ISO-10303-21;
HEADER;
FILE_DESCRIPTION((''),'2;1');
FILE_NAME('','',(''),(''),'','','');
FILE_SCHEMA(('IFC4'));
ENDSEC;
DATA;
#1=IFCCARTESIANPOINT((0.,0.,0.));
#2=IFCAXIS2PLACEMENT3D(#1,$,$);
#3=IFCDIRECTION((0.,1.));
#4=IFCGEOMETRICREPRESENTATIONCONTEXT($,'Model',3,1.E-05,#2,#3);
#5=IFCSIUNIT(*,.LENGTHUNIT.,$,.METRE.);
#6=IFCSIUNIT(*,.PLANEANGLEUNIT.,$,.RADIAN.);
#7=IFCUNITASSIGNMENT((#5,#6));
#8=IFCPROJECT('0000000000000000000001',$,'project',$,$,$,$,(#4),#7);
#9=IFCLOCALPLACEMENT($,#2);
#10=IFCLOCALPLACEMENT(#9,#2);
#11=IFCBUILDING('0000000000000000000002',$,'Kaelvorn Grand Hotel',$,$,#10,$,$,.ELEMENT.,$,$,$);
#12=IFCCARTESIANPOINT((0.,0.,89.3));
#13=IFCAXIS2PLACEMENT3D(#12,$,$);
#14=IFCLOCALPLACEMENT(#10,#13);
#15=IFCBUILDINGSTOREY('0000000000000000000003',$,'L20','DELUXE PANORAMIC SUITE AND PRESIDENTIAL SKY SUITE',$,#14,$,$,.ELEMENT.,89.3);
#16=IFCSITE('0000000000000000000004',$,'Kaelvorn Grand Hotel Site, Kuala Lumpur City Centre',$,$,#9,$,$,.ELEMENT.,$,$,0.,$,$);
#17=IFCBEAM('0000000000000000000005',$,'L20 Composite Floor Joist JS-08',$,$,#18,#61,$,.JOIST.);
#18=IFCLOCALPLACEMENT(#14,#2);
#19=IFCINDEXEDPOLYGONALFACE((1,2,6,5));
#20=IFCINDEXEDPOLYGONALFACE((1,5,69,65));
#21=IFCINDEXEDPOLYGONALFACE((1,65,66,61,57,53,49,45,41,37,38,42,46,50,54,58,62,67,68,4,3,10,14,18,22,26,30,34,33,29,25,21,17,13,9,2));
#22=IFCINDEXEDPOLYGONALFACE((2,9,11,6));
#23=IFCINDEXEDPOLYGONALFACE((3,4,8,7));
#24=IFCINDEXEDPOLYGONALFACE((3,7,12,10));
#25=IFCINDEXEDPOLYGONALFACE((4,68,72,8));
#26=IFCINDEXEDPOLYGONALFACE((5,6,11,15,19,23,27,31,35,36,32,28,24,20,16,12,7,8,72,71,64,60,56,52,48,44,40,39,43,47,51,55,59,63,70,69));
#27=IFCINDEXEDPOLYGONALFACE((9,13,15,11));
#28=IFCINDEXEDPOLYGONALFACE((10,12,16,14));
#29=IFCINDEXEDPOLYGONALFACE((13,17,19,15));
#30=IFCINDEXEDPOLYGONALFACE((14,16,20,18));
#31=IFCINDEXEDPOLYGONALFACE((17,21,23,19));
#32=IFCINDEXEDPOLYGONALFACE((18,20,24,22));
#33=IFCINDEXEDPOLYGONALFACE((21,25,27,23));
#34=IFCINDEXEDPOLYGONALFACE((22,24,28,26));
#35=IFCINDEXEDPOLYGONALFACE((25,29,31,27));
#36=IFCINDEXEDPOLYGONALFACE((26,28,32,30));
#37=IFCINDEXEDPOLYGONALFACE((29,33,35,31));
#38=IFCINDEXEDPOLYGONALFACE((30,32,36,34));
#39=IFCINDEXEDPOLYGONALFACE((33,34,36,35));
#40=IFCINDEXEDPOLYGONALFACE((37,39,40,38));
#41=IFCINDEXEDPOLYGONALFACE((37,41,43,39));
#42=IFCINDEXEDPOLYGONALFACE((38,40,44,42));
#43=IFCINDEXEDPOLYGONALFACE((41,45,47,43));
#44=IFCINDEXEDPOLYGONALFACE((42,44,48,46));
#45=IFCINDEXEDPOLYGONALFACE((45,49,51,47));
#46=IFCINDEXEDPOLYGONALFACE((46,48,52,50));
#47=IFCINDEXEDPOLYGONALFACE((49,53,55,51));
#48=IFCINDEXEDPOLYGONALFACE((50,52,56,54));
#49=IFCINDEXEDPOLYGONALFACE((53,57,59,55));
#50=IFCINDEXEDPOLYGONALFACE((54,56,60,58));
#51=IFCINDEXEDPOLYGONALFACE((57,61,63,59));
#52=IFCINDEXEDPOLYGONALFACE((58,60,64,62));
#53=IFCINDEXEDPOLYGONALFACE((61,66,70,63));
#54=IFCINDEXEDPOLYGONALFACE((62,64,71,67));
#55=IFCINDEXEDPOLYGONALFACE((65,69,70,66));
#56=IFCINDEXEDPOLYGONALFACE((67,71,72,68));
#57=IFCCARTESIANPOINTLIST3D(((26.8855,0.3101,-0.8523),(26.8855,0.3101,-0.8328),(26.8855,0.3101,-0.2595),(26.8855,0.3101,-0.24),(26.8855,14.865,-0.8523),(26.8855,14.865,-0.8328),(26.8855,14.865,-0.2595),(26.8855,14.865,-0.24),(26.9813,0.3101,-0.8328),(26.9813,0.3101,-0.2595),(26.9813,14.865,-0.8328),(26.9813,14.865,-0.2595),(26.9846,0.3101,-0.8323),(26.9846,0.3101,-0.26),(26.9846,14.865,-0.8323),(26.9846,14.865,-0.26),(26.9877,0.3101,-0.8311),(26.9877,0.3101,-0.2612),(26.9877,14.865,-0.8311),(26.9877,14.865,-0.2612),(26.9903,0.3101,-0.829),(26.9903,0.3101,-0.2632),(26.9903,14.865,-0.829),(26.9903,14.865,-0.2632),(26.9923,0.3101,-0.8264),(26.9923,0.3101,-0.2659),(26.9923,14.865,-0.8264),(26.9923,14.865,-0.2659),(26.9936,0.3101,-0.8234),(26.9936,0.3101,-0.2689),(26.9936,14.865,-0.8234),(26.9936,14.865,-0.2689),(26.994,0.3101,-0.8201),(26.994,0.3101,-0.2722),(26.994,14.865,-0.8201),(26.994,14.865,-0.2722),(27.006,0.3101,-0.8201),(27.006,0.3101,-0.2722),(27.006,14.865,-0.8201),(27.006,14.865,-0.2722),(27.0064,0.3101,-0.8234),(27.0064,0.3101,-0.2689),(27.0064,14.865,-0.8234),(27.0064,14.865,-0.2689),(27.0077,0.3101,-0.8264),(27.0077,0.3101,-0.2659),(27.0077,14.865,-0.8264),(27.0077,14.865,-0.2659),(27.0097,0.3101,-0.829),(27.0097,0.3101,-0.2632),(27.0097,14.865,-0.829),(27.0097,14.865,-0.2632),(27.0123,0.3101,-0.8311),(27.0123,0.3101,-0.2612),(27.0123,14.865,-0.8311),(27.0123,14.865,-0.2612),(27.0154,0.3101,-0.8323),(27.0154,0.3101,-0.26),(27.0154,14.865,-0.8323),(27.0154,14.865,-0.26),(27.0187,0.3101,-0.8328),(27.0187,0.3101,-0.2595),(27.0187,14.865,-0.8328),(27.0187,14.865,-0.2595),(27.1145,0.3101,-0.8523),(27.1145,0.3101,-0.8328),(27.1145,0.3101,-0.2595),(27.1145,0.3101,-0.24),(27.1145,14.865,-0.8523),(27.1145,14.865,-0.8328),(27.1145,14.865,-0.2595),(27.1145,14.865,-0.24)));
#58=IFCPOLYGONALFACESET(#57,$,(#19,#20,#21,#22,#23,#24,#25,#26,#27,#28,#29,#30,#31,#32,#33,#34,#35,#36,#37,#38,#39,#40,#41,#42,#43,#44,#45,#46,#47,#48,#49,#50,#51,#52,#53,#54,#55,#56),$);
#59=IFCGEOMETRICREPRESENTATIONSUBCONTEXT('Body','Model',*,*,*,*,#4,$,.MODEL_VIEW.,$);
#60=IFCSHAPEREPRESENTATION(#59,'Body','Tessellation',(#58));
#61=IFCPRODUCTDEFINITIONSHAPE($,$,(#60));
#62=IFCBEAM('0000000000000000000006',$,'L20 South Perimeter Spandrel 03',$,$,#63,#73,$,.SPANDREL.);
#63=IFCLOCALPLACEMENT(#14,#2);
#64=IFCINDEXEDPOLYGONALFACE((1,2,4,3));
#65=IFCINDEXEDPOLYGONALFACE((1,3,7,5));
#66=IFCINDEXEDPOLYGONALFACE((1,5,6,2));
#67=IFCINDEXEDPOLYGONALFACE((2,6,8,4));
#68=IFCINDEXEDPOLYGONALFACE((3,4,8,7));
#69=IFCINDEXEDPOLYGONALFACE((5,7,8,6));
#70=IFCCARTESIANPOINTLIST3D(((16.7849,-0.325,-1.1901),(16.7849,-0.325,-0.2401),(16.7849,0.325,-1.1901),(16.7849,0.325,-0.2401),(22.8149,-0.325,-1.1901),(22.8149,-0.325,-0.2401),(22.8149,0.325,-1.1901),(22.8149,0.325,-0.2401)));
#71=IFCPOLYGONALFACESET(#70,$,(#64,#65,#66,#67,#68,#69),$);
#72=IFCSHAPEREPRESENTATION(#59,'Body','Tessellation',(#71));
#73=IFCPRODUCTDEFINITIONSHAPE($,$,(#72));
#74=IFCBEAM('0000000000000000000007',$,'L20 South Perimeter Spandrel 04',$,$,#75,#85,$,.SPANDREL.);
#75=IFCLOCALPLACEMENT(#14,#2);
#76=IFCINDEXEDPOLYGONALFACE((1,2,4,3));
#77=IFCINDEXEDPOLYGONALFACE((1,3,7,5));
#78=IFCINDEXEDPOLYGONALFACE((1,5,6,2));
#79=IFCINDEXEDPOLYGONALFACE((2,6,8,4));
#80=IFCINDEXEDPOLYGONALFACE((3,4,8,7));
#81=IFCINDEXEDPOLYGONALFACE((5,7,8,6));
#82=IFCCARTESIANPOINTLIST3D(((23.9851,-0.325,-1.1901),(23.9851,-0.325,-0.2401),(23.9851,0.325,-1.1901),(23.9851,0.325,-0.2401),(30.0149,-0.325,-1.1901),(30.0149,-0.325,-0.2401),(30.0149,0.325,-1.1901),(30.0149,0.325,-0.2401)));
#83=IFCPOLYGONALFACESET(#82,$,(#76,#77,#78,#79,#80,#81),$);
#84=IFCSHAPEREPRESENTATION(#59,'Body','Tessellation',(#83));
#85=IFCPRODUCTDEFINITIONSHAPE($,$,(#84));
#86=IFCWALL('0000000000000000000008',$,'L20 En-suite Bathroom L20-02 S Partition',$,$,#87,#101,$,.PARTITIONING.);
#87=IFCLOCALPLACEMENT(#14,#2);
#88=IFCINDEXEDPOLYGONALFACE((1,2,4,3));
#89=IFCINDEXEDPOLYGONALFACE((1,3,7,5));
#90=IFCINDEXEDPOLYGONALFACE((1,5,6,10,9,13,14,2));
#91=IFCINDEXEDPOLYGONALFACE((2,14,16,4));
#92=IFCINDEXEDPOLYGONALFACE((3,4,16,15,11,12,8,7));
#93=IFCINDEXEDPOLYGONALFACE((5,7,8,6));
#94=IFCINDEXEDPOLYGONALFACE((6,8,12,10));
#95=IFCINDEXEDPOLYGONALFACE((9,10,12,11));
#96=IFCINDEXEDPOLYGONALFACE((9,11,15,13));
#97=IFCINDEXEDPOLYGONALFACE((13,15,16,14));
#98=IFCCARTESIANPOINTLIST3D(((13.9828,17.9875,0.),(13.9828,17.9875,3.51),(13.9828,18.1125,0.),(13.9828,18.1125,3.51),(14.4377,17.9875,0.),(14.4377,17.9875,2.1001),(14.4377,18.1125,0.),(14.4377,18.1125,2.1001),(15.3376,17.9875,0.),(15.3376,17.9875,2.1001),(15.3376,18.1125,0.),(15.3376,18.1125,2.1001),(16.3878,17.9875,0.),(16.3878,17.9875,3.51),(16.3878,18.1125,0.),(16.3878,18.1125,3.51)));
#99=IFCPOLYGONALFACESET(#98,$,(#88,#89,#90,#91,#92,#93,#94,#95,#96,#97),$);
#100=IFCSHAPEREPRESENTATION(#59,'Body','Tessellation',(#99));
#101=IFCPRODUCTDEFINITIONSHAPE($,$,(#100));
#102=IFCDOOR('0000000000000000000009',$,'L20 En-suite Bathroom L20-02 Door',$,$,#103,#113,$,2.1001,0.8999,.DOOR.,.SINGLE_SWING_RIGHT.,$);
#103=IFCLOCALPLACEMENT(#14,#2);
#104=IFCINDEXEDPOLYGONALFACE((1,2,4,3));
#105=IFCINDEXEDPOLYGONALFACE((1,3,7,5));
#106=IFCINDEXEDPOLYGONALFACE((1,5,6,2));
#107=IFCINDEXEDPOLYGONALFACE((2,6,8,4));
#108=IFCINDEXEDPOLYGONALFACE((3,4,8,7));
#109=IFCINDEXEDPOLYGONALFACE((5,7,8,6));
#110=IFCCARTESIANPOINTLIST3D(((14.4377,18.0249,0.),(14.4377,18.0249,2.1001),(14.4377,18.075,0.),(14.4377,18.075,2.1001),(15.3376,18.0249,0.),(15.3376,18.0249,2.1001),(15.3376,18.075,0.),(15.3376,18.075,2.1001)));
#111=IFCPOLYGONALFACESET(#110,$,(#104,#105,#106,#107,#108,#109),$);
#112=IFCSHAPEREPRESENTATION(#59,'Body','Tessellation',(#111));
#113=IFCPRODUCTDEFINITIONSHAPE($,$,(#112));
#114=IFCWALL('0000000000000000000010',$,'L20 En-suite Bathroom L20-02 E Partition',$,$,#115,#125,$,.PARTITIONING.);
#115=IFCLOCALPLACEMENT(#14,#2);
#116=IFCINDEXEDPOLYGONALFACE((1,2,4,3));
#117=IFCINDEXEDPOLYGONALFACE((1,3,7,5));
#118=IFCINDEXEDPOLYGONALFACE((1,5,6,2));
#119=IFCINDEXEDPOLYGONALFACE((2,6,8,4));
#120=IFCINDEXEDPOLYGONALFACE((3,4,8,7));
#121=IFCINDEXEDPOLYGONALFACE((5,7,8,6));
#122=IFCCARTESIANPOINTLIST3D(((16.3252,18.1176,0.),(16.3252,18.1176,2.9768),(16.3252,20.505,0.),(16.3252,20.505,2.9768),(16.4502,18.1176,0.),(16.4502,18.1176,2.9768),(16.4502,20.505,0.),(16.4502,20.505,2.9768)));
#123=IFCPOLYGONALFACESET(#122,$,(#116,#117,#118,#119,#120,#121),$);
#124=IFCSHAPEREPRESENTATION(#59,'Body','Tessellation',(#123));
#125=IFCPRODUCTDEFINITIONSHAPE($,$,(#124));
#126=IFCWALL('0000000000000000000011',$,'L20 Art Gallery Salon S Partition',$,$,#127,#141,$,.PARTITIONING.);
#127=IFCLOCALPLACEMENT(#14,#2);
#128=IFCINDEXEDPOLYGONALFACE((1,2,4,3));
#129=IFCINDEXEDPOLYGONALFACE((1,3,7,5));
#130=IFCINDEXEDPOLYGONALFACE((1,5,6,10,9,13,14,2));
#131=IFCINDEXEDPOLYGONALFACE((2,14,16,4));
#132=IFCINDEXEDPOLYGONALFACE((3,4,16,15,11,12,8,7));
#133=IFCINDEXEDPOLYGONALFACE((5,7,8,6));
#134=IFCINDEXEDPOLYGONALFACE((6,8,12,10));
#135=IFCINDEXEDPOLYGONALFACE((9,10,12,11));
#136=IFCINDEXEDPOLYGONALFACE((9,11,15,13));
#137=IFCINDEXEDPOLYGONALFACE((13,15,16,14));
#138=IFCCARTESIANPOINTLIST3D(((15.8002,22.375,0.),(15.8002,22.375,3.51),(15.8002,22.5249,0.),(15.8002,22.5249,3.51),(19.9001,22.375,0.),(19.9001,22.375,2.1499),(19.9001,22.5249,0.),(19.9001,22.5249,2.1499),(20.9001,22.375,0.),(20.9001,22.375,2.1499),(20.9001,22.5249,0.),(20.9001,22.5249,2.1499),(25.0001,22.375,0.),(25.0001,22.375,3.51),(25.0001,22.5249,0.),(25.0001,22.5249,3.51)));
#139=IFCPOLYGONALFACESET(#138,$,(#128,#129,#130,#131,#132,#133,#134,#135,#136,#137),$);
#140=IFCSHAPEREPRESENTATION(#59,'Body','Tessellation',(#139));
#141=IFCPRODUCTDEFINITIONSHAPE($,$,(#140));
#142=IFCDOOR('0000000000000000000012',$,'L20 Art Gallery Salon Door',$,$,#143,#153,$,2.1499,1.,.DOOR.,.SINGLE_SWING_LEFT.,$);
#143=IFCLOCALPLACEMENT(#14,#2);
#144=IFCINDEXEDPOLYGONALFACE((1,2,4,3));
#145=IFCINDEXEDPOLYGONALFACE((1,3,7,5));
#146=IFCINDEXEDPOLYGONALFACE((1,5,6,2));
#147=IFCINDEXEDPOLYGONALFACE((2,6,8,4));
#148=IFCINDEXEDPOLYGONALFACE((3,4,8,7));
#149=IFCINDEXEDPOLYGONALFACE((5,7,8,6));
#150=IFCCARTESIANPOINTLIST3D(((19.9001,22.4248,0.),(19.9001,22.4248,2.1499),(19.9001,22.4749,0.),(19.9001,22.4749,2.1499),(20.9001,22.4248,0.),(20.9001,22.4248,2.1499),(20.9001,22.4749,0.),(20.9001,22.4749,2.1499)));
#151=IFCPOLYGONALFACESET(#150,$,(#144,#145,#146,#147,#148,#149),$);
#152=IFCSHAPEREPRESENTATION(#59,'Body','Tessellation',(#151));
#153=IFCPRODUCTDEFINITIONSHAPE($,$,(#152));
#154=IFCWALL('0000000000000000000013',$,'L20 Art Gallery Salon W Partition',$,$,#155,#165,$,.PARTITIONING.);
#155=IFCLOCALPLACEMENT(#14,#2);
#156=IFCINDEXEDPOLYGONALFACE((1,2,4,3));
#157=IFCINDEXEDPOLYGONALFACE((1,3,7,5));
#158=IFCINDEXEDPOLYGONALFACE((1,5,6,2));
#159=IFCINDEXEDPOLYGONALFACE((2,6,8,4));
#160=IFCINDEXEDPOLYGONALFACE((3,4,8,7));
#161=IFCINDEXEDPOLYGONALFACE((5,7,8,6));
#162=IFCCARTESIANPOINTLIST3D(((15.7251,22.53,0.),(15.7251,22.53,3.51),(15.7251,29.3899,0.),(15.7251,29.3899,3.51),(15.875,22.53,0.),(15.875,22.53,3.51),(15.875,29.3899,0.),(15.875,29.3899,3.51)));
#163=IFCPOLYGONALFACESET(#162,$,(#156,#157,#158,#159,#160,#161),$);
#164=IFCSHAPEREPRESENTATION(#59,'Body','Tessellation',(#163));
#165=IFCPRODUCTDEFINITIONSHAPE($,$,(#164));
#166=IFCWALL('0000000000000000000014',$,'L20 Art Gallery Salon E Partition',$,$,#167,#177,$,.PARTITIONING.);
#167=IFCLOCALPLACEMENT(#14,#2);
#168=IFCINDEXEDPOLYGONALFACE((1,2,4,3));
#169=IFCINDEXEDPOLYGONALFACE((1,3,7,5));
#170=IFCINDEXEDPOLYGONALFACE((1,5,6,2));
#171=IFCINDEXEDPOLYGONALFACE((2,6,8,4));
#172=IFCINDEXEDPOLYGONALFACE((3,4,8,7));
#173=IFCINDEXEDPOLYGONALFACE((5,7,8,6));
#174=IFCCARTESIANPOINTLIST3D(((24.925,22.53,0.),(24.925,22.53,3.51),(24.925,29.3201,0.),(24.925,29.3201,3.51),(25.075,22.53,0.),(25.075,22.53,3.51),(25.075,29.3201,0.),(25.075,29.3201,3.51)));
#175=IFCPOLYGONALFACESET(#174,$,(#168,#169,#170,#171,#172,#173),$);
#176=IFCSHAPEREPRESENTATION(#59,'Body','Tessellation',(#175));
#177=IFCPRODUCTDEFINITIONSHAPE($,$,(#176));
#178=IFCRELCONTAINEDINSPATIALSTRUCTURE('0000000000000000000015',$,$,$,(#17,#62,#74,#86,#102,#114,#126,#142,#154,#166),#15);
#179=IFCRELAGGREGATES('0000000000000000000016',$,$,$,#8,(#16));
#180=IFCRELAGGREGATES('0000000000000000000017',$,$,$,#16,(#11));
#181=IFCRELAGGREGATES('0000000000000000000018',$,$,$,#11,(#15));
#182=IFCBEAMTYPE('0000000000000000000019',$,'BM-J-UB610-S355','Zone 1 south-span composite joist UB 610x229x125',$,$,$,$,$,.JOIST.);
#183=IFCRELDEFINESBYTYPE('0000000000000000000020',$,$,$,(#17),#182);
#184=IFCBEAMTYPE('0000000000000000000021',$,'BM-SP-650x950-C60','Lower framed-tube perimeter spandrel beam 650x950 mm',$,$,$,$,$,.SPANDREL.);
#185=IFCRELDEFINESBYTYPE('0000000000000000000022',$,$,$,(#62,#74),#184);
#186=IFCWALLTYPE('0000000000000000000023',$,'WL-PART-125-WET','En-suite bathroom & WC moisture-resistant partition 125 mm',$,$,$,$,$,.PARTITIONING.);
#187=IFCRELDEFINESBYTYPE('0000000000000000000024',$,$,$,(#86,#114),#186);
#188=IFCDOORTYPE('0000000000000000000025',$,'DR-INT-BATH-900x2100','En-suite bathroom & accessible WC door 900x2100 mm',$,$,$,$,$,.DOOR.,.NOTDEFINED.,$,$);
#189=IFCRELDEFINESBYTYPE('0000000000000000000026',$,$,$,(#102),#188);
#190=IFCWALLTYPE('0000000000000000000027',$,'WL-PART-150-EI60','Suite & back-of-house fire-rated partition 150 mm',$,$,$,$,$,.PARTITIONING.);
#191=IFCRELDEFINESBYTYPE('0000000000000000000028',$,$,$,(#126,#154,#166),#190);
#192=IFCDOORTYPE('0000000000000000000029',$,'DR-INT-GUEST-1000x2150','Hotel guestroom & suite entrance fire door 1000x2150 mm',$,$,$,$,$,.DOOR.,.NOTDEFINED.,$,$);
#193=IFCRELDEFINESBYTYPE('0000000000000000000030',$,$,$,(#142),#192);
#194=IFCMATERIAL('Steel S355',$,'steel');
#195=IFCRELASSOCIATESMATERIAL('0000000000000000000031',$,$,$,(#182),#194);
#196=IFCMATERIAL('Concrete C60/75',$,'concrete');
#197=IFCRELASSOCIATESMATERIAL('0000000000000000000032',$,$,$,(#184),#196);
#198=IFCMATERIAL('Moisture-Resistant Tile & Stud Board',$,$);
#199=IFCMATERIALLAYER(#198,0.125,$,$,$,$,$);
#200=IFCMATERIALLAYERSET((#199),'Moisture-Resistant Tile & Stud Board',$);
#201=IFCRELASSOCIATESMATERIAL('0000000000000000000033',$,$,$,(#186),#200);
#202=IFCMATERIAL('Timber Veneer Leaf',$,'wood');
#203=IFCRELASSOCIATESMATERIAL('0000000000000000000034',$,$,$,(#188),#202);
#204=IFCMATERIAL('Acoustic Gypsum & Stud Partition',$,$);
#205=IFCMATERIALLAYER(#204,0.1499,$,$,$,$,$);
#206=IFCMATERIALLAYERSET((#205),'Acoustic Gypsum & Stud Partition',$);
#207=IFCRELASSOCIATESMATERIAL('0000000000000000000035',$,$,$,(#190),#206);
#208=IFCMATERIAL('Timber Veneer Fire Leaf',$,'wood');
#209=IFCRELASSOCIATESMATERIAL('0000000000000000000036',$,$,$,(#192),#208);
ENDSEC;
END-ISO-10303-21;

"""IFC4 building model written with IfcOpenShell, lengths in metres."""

from ifc_helpers import new_model, si_unit, direction, frame, frame_2d, origin, origin_2d, place, context, subcontext, project, spatial, rectangle, i_section, extrude, material, layer, layer_set, material_profile, profile_set, type_object, element, fill, save


model = new_model("IFC4")

# Units and contexts
model_context = context("Model", 3, precision=1e-05, world=origin(), true_north=direction((0.0, 1.0)))
body_context = subcontext(model_context, "Body", "Model", "MODEL_VIEW")
ifc_project = project(units=[si_unit("LENGTHUNIT", "METRE"), si_unit("PLANEANGLEUNIT", "RADIAN")], contexts=[model_context])

# Site, building, storey
site_placement = place(None, origin())
site = spatial("IfcSite", under=ifc_project, at=site_placement, Name="Kaelvorn Grand Hotel Site, Kuala Lumpur City Centre", CompositionType="ELEMENT", RefElevation=0.0)
building_placement = place(site_placement, origin())
building = spatial("IfcBuilding", under=site, at=building_placement, Name="Kaelvorn Grand Hotel", CompositionType="ELEMENT")
storey_placement = place(building_placement, frame((0.0, 0.0, 89.3)))
storey = spatial("IfcBuildingStorey", under=building, at=storey_placement, Name="L20", Description="DELUXE PANORAMIC SUITE AND PRESIDENTIAL SKY SUITE", CompositionType="ELEMENT", Elevation=89.3)

# Shared definitions
ifc_material_1 = material(Name="Concrete C60/75", Category="concrete")

# Beams
ifc_material_2 = material(Name="Steel S355", Category="steel")
ifc_material_profile_1 = material_profile(ifc_material_2, i_section(OverallWidth=0.229, OverallDepth=0.6123, WebThickness=0.012, FlangeThickness=0.0195, FilletRadius=0.0127, at=origin_2d()), Name="UB 610x229x125")
ifc_profile_set_1 = profile_set([ifc_material_profile_1], Name="Steel S355")
beam_type_1 = type_object("IfcBeamType", Name="BM-J-UB610-S355", Description="Zone 1 south-span composite joist UB 610x229x125", PredefinedType="JOIST", material=ifc_profile_set_1)
beam_1_placement = place(storey_placement, frame((27.0, 0.3101, -0.5461), z_axis=(0.0, 1.0, 0.0), x_axis=(-1.0, 0.0, 0.0)))
element("IfcBeam", 1, at=beam_1_placement, inside=storey, type_object=beam_type_1, Name="L20 Composite Floor Joist JS-08", PredefinedType="JOIST", context=body_context, shape_type="SweptSolid", body=[
    extrude(i_section(OverallWidth=0.229, OverallDepth=0.6123, WebThickness=0.012, FlangeThickness=0.0195, FilletRadius=0.0127, at=origin_2d()), origin(), (0.0, 0.0, 1.0), 14.5549),
])
ifc_material_profile_2 = material_profile(ifc_material_1, rectangle(XDim=0.6499, YDim=0.95, at=origin_2d()), Name="RC SPANDREL 650x950")
ifc_profile_set_2 = profile_set([ifc_material_profile_2], Name="Concrete C60/75")
beam_type_2 = type_object("IfcBeamType", Name="BM-SP-650x950-C60", Description="Lower framed-tube perimeter spandrel beam 650x950 mm", PredefinedType="SPANDREL", material=ifc_profile_set_2)
beam_2_placement = place(storey_placement, frame((16.7849, 0.0, -0.7151), z_axis=(1.0, 0.0, 0.0), x_axis=(0.0, 1.0, 0.0)))
element("IfcBeam", 2, at=beam_2_placement, inside=storey, type_object=beam_type_2, Name="L20 South Perimeter Spandrel 03", PredefinedType="SPANDREL", context=body_context, shape_type="SweptSolid", body=[
    extrude(rectangle(XDim=0.6499, YDim=0.95, at=origin_2d()), origin(), (0.0, 0.0, 1.0), 6.03),
])
beam_3_placement = place(storey_placement, frame((23.9851, 0.0, -0.7151), z_axis=(1.0, 0.0, 0.0), x_axis=(0.0, 1.0, 0.0)))
element("IfcBeam", 3, at=beam_3_placement, inside=storey, type_object=beam_type_2, Name="L20 South Perimeter Spandrel 04", PredefinedType="SPANDREL", context=body_context, shape_type="SweptSolid", body=[
    extrude(rectangle(XDim=0.6499, YDim=0.95, at=origin_2d()), origin(), (0.0, 0.0, 1.0), 6.0298),
])

# Wall, opening, door
ifc_material_3 = material(Name="Moisture-Resistant Tile & Stud Board")
ifc_layer_1 = layer(ifc_material_3, 0.125)
ifc_layer_set_1 = layer_set([ifc_layer_1], Name="Moisture-Resistant Tile & Stud Board")
wall_type_1 = type_object("IfcWallType", Name="WL-PART-125-WET", Description="En-suite bathroom & WC moisture-resistant partition 125 mm", PredefinedType="PARTITIONING", material=ifc_layer_set_1)
wall_1_placement = place(storey_placement, frame((13.9827, 18.05, 0.0), z_axis=(0.0, 0.0, 1.0), x_axis=(1.0, 0.0, 0.0)))
wall_1 = element("IfcWall", 4, at=wall_1_placement, inside=storey, type_object=wall_type_1, Name="L20 En-suite Bathroom L20-02 S Partition", PredefinedType="PARTITIONING", context=body_context, shape_type="SweptSolid", body=[
    extrude(rectangle(XDim=2.405, YDim=0.125, at=frame_2d((1.2026, 0.0))), origin(), (0.0, 0.0, 1.0), 3.51),
])
opening_1_placement = place(wall_1_placement, frame((0.4551, 0.0, 0.0)))
opening_1 = element("IfcOpeningElement", 5, at=opening_1_placement, cuts=wall_1, PredefinedType="OPENING", context=body_context, shape_type="SweptSolid", body=[
    extrude(rectangle(XDim=0.8999, YDim=2.1001, at=frame_2d((0.45, 1.05))), frame((0.0, 0.0725, 0.0), z_axis=(0.0, -1.0, 0.0), x_axis=(1.0, 0.0, 0.0)), (0.0, 0.0, 1.0), 0.145),
])
ifc_material_4 = material(Name="Timber Veneer Leaf", Category="wood")
door_type_1 = type_object("IfcDoorType", Name="DR-INT-BATH-900x2100", Description="En-suite bathroom & accessible WC door 900x2100 mm", OperationType="NOTDEFINED", PredefinedType="DOOR", material=ifc_material_4)
door_1_placement = place(opening_1_placement, origin())
door_1 = element("IfcDoor", 6, at=door_1_placement, inside=storey, type_object=door_type_1, Name="L20 En-suite Bathroom L20-02 Door", OperationType="SINGLE_SWING_RIGHT", OverallHeight=2.1001, OverallWidth=0.8999, PredefinedType="DOOR", context=body_context, shape_type="SweptSolid", body=[
    extrude(rectangle(XDim=0.8999, YDim=2.1001, at=frame_2d((0.45, 1.05))), frame((0.0, 0.0249, 0.0), z_axis=(0.0, -1.0, 0.0), x_axis=(1.0, 0.0, 0.0)), (0.0, 0.0, 1.0), 0.05),
])
fill(opening_1, door_1)

# Wall
wall_2_placement = place(storey_placement, frame((16.3877, 18.1174, 0.0), z_axis=(0.0, 0.0, 1.0), x_axis=(0.0, 1.0, 0.0)))
element("IfcWall", 7, at=wall_2_placement, inside=storey, type_object=wall_type_1, Name="L20 En-suite Bathroom L20-02 E Partition", PredefinedType="PARTITIONING", context=body_context, shape_type="SweptSolid", body=[
    extrude(rectangle(XDim=2.3875, YDim=0.125, at=frame_2d((1.1938, 0.0))), origin(), (0.0, 0.0, 1.0), 2.9768),
])

# Wall, opening, door
ifc_material_5 = material(Name="Acoustic Gypsum & Stud Partition")
ifc_layer_2 = layer(ifc_material_5, 0.1499)
ifc_layer_set_2 = layer_set([ifc_layer_2], Name="Acoustic Gypsum & Stud Partition")
wall_type_2 = type_object("IfcWallType", Name="WL-PART-150-EI60", Description="Suite & back-of-house fire-rated partition 150 mm", PredefinedType="PARTITIONING", material=ifc_layer_set_2)
wall_3_placement = place(storey_placement, frame((15.8, 22.45, 0.0), z_axis=(0.0, 0.0, 1.0), x_axis=(1.0, 0.0, 0.0)))
wall_3 = element("IfcWall", 8, at=wall_3_placement, inside=storey, type_object=wall_type_2, Name="L20 Art Gallery Salon S Partition", PredefinedType="PARTITIONING", context=body_context, shape_type="SweptSolid", body=[
    extrude(rectangle(XDim=9.2, YDim=0.1499, at=frame_2d((4.6001, 0.0))), origin(), (0.0, 0.0, 1.0), 3.51),
])
opening_2_placement = place(wall_3_placement, frame((4.1001, 0.0, 0.0)))
opening_2 = element("IfcOpeningElement", 9, at=opening_2_placement, cuts=wall_3, PredefinedType="OPENING", context=body_context, shape_type="SweptSolid", body=[
    extrude(rectangle(XDim=1.0, YDim=2.1499, at=frame_2d((0.5, 1.075))), frame((0.0, 0.085, 0.0), z_axis=(0.0, -1.0, 0.0), x_axis=(1.0, 0.0, 0.0)), (0.0, 0.0, 1.0), 0.1699),
])
ifc_material_6 = material(Name="Timber Veneer Fire Leaf", Category="wood")
door_type_2 = type_object("IfcDoorType", Name="DR-INT-GUEST-1000x2150", Description="Hotel guestroom & suite entrance fire door 1000x2150 mm", OperationType="NOTDEFINED", PredefinedType="DOOR", material=ifc_material_6)
door_2_placement = place(opening_2_placement, origin())
door_2 = element("IfcDoor", 10, at=door_2_placement, inside=storey, type_object=door_type_2, Name="L20 Art Gallery Salon Door", OperationType="SINGLE_SWING_LEFT", OverallHeight=2.1499, OverallWidth=1.0, PredefinedType="DOOR", context=body_context, shape_type="SweptSolid", body=[
    extrude(rectangle(XDim=1.0, YDim=2.1499, at=frame_2d((0.5, 1.075))), frame((0.0, 0.0249, 0.0), z_axis=(0.0, -1.0, 0.0), x_axis=(1.0, 0.0, 0.0)), (0.0, 0.0, 1.0), 0.05),
])
fill(opening_2, door_2)

# Walls
wall_4_placement = place(storey_placement, frame((15.8, 22.53, 0.0), z_axis=(0.0, 0.0, 1.0), x_axis=(0.0, 1.0, 0.0)))
element("IfcWall", 11, at=wall_4_placement, inside=storey, type_object=wall_type_2, Name="L20 Art Gallery Salon W Partition", PredefinedType="PARTITIONING", context=body_context, shape_type="SweptSolid", body=[
    extrude(rectangle(XDim=6.8599, YDim=0.1499, at=frame_2d((3.4299, 0.0))), origin(), (0.0, 0.0, 1.0), 3.51),
])
wall_5_placement = place(storey_placement, frame((25.0, 22.53, 0.0), z_axis=(0.0, 0.0, 1.0), x_axis=(0.0, 1.0, 0.0)))
element("IfcWall", 12, at=wall_5_placement, inside=storey, type_object=wall_type_2, Name="L20 Art Gallery Salon E Partition", PredefinedType="PARTITIONING", context=body_context, shape_type="SweptSolid", body=[
    extrude(rectangle(XDim=6.79, YDim=0.1499, at=frame_2d((3.395, 0.0))), origin(), (0.0, 0.0, 1.0), 3.51),
])

save(model, "model.ifc")
